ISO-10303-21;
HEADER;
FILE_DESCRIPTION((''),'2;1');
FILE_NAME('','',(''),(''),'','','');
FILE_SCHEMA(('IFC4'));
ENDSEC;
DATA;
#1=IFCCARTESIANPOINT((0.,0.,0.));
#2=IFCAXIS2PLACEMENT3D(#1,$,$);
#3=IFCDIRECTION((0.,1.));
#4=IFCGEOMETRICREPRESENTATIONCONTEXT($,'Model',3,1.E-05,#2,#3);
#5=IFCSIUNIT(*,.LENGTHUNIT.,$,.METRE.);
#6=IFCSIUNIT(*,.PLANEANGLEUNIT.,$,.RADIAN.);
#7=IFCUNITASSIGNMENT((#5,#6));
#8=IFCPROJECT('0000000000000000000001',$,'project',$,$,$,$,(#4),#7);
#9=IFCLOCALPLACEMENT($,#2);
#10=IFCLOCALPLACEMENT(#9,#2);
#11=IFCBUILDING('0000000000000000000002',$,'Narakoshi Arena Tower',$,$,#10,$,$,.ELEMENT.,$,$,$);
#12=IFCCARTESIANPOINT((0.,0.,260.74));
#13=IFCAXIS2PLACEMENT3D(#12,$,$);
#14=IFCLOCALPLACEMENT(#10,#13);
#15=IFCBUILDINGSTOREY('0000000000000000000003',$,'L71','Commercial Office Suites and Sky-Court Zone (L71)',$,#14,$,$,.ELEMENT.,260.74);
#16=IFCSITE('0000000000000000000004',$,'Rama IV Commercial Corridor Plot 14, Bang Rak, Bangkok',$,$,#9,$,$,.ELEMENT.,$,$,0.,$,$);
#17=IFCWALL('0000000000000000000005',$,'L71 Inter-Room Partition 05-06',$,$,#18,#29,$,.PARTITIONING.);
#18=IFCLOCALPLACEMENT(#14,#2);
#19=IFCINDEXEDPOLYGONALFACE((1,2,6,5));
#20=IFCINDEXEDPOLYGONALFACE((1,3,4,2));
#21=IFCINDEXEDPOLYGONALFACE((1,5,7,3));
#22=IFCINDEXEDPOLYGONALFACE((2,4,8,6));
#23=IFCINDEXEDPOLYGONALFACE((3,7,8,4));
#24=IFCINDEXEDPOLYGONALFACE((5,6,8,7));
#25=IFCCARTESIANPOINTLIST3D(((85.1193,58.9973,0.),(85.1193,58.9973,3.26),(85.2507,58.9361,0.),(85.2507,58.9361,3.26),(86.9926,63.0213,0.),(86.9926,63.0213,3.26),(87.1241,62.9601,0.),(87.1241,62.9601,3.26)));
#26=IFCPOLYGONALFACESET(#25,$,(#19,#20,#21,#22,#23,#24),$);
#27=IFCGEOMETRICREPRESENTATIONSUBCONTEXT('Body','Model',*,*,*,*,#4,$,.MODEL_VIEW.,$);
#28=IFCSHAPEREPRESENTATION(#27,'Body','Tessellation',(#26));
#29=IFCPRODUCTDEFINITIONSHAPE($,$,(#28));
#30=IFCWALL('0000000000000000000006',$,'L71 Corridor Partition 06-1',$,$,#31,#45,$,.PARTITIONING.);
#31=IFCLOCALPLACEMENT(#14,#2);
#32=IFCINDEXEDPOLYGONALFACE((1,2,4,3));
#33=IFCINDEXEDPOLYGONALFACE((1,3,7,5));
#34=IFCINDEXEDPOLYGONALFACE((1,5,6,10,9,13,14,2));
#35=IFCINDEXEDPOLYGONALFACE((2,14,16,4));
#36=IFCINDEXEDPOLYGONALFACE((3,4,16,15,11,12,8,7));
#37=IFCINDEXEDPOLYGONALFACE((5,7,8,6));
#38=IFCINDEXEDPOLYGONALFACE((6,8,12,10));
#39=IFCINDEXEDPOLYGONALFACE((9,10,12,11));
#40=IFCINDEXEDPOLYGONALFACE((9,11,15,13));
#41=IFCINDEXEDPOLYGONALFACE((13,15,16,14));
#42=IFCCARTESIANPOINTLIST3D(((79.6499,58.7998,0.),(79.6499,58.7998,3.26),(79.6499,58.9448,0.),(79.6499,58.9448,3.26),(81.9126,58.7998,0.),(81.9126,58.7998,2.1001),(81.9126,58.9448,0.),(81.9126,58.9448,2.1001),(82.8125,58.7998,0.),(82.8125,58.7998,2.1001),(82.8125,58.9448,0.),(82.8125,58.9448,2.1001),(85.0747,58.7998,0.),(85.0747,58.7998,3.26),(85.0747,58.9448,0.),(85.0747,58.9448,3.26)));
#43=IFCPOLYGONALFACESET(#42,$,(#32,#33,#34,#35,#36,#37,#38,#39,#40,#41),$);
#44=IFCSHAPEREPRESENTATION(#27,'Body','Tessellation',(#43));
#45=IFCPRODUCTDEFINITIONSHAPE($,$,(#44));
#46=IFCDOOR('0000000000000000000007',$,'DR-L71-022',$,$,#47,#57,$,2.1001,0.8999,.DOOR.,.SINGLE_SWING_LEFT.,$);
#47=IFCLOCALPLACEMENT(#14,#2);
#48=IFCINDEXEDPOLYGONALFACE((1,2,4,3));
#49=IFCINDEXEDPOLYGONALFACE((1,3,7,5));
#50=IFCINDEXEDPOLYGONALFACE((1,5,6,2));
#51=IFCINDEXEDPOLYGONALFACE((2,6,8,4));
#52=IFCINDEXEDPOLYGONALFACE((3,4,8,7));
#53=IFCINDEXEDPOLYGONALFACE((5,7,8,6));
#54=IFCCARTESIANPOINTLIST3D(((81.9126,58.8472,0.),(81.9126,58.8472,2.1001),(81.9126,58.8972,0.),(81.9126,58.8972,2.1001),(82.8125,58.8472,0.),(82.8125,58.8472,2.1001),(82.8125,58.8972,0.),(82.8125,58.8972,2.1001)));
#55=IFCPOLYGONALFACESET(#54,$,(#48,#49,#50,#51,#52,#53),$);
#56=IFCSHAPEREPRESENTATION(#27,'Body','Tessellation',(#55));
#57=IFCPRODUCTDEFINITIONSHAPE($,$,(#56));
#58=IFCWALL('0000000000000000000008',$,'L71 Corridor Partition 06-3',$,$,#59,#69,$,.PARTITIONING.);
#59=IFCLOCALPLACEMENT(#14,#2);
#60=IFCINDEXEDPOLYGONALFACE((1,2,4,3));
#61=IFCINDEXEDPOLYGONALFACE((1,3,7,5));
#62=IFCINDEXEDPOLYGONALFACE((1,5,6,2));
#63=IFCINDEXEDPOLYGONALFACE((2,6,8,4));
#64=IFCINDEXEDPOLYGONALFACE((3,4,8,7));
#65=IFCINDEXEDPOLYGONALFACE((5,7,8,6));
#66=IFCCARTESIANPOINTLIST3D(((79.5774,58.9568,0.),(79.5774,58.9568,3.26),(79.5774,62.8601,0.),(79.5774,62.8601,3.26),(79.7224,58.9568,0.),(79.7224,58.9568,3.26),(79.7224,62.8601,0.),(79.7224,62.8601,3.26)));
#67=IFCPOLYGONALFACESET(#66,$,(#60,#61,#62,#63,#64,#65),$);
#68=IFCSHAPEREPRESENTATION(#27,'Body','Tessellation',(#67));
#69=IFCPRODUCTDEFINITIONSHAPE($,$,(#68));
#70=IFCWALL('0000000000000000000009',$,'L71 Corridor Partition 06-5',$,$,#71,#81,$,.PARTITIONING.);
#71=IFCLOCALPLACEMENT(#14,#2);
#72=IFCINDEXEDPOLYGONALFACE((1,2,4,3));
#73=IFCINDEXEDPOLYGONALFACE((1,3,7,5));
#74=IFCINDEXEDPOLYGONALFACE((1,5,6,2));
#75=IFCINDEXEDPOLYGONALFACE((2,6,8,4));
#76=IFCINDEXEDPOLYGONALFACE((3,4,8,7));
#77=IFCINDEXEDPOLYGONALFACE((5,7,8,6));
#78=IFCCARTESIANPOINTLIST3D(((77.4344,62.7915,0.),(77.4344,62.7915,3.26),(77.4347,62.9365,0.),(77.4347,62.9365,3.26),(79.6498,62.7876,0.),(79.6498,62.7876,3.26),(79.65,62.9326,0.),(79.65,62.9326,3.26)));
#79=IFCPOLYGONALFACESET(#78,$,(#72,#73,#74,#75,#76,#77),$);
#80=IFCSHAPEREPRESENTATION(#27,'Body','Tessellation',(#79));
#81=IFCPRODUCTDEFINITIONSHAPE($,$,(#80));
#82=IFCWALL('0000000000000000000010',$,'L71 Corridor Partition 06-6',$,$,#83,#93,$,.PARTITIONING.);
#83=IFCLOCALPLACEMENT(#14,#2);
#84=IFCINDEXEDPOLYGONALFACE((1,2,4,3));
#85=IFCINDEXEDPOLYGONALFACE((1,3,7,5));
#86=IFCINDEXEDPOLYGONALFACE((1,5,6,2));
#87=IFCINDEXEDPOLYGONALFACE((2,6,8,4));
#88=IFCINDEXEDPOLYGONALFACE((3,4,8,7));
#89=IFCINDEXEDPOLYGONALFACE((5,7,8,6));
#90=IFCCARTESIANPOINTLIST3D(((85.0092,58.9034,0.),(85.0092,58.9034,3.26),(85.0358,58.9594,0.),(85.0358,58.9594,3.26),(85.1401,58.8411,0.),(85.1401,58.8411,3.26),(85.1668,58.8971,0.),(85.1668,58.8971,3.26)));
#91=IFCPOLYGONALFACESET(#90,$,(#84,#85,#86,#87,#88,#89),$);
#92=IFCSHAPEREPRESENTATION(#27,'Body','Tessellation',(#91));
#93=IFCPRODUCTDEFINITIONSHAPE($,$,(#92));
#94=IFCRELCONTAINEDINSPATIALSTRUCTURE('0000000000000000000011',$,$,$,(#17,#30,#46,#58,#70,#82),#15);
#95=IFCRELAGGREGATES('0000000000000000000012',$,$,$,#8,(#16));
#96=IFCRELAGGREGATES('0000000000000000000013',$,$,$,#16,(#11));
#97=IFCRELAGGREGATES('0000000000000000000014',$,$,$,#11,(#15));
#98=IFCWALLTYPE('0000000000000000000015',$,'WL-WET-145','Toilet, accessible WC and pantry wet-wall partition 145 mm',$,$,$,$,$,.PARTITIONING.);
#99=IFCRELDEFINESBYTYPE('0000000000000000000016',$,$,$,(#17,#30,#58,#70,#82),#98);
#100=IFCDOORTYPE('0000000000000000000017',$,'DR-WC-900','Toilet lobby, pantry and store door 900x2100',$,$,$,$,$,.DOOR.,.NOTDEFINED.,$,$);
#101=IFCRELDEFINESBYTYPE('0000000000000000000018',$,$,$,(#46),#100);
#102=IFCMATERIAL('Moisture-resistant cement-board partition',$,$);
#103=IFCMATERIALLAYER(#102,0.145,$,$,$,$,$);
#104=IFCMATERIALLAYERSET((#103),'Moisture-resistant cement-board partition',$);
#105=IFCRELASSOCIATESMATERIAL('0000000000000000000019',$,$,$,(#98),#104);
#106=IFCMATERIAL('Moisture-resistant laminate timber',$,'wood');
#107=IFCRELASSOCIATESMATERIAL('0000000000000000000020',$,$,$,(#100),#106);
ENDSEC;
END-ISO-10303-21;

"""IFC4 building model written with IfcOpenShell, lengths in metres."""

from ifc_helpers import new_model, si_unit, direction, frame, frame_2d, origin, place, context, subcontext, project, spatial, rectangle, extrude, material, layer, layer_set, type_object, element, fill, save


model = new_model("IFC4")

# Units and contexts
model_context = context("Model", 3, precision=1e-05, world=origin(), true_north=direction((0.0, 1.0)))
body_context = subcontext(model_context, "Body", "Model", "MODEL_VIEW")
ifc_project = project(units=[si_unit("LENGTHUNIT", "METRE"), si_unit("PLANEANGLEUNIT", "RADIAN")], contexts=[model_context])

# Site, building, storey
site_placement = place(None, origin())
site = spatial("IfcSite", under=ifc_project, at=site_placement, Name="Rama IV Commercial Corridor Plot 14, Bang Rak, Bangkok", CompositionType="ELEMENT", RefElevation=0.0)
building_placement = place(site_placement, origin())
building = spatial("IfcBuilding", under=site, at=building_placement, Name="Narakoshi Arena Tower", CompositionType="ELEMENT")
storey_placement = place(building_placement, frame((0.0, 0.0, 260.74)))
storey = spatial("IfcBuildingStorey", under=building, at=storey_placement, Name="L71", Description="Commercial Office Suites and Sky-Court Zone (L71)", CompositionType="ELEMENT", Elevation=260.74)

# Wall
ifc_material_1 = material(Name="Moisture-resistant cement-board partition")
ifc_layer_1 = layer(ifc_material_1, 0.145)
ifc_layer_set_1 = layer_set([ifc_layer_1], Name="Moisture-resistant cement-board partition")
wall_type_1 = type_object("IfcWallType", Name="WL-WET-145", Description="Toilet, accessible WC and pantry wet-wall partition 145 mm", PredefinedType="PARTITIONING", material=ifc_layer_set_1)
wall_1_placement = place(storey_placement, frame((85.1851, 58.9668, 0.0), z_axis=(0.0, 0.0, 1.0), x_axis=(0.422045, 0.906575, 0.0)))
element("IfcWall", 1, at=wall_1_placement, inside=storey, type_object=wall_type_1, Name="L71 Inter-Room Partition 05-06", PredefinedType="PARTITIONING", context=body_context, shape_type="SweptSolid", body=[
    extrude(rectangle(XDim=4.4387, YDim=0.145, at=frame_2d((2.2192, 0.0))), origin(), (0.0, 0.0, 1.0), 3.26),
])

# Wall, opening, door
wall_2_placement = place(storey_placement, frame((85.0747, 58.8723, 0.0), z_axis=(0.0, 0.0, 1.0), x_axis=(-1.0, 0.0, 0.0)))
wall_2 = element("IfcWall", 2, at=wall_2_placement, inside=storey, type_object=wall_type_1, Name="L71 Corridor Partition 06-1", PredefinedType="PARTITIONING", context=body_context, shape_type="SweptSolid", body=[
    extrude(rectangle(XDim=5.4248, YDim=0.145, at=frame_2d((2.7124, 0.0))), origin(), (0.0, 0.0, 1.0), 3.26),
])
opening_placement = place(wall_2_placement, frame((2.2622, 0.0, 0.0)))
opening = element("IfcOpeningElement", 3, at=opening_placement, cuts=wall_2, PredefinedType="OPENING", context=body_context, shape_type="SweptSolid", body=[
    extrude(rectangle(XDim=0.8999, YDim=2.1001, at=frame_2d((0.45, 1.05))), frame((0.0, 0.0825, 0.0), z_axis=(0.0, -1.0, 0.0), x_axis=(1.0, 0.0, 0.0)), (0.0, 0.0, 1.0), 0.165),
])
ifc_material_2 = material(Name="Moisture-resistant laminate timber", Category="wood")
door_type = type_object("IfcDoorType", Name="DR-WC-900", Description="Toilet lobby, pantry and store door 900x2100", OperationType="NOTDEFINED", PredefinedType="DOOR", material=ifc_material_2)
door_placement = place(opening_placement, frame((0.8999, 0.0, 0.0), z_axis=(0.0, 0.0, 1.0), x_axis=(-1.0, 0.0, 0.0)))
door = element("IfcDoor", 4, at=door_placement, inside=storey, type_object=door_type, Name="DR-L71-022", OperationType="SINGLE_SWING_LEFT", OverallHeight=2.1001, OverallWidth=0.8999, PredefinedType="DOOR", context=body_context, shape_type="SweptSolid", body=[
    extrude(rectangle(XDim=0.8999, YDim=2.1001, at=frame_2d((0.45, 1.05))), frame((0.0, 0.0249, 0.0), z_axis=(0.0, -1.0, 0.0), x_axis=(1.0, 0.0, 0.0)), (0.0, 0.0, 1.0), 0.05),
])
fill(opening, door)

# Walls
wall_3_placement = place(storey_placement, frame((79.6499, 58.9568, 0.0), z_axis=(0.0, 0.0, 1.0), x_axis=(0.0, 1.0, 0.0)))
element("IfcWall", 5, at=wall_3_placement, inside=storey, type_object=wall_type_1, Name="L71 Corridor Partition 06-3", PredefinedType="PARTITIONING", context=body_context, shape_type="SweptSolid", body=[
    extrude(rectangle(XDim=3.9033, YDim=0.145, at=frame_2d((1.9517, 0.0))), origin(), (0.0, 0.0, 1.0), 3.26),
])
wall_4_placement = place(storey_placement, frame((79.6499, 62.8601, 0.0), z_axis=(0.0, 0.0, 1.0), x_axis=(-0.999998, 0.001763, 0.0)))
element("IfcWall", 6, at=wall_4_placement, inside=storey, type_object=wall_type_1, Name="L71 Corridor Partition 06-5", PredefinedType="PARTITIONING", context=body_context, shape_type="SweptSolid", body=[
    extrude(rectangle(XDim=2.2153, YDim=0.145, at=frame_2d((1.1077, 0.0))), origin(), (0.0, 0.0, 1.0), 3.26),
])
wall_5_placement = place(storey_placement, frame((85.1013, 58.9282, 0.0), z_axis=(0.0, 0.0, 1.0), x_axis=(-0.429781, -0.902933, 0.0)))
element("IfcWall", 7, at=wall_5_placement, inside=storey, type_object=wall_type_1, Name="L71 Corridor Partition 06-6", PredefinedType="PARTITIONING", context=body_context, shape_type="SweptSolid", body=[
    extrude(rectangle(XDim=0.062, YDim=0.145, at=frame_2d((0.031, 0.0))), origin(), (0.0, 0.0, 1.0), 3.26),
])

save(model, "model.ifc")
